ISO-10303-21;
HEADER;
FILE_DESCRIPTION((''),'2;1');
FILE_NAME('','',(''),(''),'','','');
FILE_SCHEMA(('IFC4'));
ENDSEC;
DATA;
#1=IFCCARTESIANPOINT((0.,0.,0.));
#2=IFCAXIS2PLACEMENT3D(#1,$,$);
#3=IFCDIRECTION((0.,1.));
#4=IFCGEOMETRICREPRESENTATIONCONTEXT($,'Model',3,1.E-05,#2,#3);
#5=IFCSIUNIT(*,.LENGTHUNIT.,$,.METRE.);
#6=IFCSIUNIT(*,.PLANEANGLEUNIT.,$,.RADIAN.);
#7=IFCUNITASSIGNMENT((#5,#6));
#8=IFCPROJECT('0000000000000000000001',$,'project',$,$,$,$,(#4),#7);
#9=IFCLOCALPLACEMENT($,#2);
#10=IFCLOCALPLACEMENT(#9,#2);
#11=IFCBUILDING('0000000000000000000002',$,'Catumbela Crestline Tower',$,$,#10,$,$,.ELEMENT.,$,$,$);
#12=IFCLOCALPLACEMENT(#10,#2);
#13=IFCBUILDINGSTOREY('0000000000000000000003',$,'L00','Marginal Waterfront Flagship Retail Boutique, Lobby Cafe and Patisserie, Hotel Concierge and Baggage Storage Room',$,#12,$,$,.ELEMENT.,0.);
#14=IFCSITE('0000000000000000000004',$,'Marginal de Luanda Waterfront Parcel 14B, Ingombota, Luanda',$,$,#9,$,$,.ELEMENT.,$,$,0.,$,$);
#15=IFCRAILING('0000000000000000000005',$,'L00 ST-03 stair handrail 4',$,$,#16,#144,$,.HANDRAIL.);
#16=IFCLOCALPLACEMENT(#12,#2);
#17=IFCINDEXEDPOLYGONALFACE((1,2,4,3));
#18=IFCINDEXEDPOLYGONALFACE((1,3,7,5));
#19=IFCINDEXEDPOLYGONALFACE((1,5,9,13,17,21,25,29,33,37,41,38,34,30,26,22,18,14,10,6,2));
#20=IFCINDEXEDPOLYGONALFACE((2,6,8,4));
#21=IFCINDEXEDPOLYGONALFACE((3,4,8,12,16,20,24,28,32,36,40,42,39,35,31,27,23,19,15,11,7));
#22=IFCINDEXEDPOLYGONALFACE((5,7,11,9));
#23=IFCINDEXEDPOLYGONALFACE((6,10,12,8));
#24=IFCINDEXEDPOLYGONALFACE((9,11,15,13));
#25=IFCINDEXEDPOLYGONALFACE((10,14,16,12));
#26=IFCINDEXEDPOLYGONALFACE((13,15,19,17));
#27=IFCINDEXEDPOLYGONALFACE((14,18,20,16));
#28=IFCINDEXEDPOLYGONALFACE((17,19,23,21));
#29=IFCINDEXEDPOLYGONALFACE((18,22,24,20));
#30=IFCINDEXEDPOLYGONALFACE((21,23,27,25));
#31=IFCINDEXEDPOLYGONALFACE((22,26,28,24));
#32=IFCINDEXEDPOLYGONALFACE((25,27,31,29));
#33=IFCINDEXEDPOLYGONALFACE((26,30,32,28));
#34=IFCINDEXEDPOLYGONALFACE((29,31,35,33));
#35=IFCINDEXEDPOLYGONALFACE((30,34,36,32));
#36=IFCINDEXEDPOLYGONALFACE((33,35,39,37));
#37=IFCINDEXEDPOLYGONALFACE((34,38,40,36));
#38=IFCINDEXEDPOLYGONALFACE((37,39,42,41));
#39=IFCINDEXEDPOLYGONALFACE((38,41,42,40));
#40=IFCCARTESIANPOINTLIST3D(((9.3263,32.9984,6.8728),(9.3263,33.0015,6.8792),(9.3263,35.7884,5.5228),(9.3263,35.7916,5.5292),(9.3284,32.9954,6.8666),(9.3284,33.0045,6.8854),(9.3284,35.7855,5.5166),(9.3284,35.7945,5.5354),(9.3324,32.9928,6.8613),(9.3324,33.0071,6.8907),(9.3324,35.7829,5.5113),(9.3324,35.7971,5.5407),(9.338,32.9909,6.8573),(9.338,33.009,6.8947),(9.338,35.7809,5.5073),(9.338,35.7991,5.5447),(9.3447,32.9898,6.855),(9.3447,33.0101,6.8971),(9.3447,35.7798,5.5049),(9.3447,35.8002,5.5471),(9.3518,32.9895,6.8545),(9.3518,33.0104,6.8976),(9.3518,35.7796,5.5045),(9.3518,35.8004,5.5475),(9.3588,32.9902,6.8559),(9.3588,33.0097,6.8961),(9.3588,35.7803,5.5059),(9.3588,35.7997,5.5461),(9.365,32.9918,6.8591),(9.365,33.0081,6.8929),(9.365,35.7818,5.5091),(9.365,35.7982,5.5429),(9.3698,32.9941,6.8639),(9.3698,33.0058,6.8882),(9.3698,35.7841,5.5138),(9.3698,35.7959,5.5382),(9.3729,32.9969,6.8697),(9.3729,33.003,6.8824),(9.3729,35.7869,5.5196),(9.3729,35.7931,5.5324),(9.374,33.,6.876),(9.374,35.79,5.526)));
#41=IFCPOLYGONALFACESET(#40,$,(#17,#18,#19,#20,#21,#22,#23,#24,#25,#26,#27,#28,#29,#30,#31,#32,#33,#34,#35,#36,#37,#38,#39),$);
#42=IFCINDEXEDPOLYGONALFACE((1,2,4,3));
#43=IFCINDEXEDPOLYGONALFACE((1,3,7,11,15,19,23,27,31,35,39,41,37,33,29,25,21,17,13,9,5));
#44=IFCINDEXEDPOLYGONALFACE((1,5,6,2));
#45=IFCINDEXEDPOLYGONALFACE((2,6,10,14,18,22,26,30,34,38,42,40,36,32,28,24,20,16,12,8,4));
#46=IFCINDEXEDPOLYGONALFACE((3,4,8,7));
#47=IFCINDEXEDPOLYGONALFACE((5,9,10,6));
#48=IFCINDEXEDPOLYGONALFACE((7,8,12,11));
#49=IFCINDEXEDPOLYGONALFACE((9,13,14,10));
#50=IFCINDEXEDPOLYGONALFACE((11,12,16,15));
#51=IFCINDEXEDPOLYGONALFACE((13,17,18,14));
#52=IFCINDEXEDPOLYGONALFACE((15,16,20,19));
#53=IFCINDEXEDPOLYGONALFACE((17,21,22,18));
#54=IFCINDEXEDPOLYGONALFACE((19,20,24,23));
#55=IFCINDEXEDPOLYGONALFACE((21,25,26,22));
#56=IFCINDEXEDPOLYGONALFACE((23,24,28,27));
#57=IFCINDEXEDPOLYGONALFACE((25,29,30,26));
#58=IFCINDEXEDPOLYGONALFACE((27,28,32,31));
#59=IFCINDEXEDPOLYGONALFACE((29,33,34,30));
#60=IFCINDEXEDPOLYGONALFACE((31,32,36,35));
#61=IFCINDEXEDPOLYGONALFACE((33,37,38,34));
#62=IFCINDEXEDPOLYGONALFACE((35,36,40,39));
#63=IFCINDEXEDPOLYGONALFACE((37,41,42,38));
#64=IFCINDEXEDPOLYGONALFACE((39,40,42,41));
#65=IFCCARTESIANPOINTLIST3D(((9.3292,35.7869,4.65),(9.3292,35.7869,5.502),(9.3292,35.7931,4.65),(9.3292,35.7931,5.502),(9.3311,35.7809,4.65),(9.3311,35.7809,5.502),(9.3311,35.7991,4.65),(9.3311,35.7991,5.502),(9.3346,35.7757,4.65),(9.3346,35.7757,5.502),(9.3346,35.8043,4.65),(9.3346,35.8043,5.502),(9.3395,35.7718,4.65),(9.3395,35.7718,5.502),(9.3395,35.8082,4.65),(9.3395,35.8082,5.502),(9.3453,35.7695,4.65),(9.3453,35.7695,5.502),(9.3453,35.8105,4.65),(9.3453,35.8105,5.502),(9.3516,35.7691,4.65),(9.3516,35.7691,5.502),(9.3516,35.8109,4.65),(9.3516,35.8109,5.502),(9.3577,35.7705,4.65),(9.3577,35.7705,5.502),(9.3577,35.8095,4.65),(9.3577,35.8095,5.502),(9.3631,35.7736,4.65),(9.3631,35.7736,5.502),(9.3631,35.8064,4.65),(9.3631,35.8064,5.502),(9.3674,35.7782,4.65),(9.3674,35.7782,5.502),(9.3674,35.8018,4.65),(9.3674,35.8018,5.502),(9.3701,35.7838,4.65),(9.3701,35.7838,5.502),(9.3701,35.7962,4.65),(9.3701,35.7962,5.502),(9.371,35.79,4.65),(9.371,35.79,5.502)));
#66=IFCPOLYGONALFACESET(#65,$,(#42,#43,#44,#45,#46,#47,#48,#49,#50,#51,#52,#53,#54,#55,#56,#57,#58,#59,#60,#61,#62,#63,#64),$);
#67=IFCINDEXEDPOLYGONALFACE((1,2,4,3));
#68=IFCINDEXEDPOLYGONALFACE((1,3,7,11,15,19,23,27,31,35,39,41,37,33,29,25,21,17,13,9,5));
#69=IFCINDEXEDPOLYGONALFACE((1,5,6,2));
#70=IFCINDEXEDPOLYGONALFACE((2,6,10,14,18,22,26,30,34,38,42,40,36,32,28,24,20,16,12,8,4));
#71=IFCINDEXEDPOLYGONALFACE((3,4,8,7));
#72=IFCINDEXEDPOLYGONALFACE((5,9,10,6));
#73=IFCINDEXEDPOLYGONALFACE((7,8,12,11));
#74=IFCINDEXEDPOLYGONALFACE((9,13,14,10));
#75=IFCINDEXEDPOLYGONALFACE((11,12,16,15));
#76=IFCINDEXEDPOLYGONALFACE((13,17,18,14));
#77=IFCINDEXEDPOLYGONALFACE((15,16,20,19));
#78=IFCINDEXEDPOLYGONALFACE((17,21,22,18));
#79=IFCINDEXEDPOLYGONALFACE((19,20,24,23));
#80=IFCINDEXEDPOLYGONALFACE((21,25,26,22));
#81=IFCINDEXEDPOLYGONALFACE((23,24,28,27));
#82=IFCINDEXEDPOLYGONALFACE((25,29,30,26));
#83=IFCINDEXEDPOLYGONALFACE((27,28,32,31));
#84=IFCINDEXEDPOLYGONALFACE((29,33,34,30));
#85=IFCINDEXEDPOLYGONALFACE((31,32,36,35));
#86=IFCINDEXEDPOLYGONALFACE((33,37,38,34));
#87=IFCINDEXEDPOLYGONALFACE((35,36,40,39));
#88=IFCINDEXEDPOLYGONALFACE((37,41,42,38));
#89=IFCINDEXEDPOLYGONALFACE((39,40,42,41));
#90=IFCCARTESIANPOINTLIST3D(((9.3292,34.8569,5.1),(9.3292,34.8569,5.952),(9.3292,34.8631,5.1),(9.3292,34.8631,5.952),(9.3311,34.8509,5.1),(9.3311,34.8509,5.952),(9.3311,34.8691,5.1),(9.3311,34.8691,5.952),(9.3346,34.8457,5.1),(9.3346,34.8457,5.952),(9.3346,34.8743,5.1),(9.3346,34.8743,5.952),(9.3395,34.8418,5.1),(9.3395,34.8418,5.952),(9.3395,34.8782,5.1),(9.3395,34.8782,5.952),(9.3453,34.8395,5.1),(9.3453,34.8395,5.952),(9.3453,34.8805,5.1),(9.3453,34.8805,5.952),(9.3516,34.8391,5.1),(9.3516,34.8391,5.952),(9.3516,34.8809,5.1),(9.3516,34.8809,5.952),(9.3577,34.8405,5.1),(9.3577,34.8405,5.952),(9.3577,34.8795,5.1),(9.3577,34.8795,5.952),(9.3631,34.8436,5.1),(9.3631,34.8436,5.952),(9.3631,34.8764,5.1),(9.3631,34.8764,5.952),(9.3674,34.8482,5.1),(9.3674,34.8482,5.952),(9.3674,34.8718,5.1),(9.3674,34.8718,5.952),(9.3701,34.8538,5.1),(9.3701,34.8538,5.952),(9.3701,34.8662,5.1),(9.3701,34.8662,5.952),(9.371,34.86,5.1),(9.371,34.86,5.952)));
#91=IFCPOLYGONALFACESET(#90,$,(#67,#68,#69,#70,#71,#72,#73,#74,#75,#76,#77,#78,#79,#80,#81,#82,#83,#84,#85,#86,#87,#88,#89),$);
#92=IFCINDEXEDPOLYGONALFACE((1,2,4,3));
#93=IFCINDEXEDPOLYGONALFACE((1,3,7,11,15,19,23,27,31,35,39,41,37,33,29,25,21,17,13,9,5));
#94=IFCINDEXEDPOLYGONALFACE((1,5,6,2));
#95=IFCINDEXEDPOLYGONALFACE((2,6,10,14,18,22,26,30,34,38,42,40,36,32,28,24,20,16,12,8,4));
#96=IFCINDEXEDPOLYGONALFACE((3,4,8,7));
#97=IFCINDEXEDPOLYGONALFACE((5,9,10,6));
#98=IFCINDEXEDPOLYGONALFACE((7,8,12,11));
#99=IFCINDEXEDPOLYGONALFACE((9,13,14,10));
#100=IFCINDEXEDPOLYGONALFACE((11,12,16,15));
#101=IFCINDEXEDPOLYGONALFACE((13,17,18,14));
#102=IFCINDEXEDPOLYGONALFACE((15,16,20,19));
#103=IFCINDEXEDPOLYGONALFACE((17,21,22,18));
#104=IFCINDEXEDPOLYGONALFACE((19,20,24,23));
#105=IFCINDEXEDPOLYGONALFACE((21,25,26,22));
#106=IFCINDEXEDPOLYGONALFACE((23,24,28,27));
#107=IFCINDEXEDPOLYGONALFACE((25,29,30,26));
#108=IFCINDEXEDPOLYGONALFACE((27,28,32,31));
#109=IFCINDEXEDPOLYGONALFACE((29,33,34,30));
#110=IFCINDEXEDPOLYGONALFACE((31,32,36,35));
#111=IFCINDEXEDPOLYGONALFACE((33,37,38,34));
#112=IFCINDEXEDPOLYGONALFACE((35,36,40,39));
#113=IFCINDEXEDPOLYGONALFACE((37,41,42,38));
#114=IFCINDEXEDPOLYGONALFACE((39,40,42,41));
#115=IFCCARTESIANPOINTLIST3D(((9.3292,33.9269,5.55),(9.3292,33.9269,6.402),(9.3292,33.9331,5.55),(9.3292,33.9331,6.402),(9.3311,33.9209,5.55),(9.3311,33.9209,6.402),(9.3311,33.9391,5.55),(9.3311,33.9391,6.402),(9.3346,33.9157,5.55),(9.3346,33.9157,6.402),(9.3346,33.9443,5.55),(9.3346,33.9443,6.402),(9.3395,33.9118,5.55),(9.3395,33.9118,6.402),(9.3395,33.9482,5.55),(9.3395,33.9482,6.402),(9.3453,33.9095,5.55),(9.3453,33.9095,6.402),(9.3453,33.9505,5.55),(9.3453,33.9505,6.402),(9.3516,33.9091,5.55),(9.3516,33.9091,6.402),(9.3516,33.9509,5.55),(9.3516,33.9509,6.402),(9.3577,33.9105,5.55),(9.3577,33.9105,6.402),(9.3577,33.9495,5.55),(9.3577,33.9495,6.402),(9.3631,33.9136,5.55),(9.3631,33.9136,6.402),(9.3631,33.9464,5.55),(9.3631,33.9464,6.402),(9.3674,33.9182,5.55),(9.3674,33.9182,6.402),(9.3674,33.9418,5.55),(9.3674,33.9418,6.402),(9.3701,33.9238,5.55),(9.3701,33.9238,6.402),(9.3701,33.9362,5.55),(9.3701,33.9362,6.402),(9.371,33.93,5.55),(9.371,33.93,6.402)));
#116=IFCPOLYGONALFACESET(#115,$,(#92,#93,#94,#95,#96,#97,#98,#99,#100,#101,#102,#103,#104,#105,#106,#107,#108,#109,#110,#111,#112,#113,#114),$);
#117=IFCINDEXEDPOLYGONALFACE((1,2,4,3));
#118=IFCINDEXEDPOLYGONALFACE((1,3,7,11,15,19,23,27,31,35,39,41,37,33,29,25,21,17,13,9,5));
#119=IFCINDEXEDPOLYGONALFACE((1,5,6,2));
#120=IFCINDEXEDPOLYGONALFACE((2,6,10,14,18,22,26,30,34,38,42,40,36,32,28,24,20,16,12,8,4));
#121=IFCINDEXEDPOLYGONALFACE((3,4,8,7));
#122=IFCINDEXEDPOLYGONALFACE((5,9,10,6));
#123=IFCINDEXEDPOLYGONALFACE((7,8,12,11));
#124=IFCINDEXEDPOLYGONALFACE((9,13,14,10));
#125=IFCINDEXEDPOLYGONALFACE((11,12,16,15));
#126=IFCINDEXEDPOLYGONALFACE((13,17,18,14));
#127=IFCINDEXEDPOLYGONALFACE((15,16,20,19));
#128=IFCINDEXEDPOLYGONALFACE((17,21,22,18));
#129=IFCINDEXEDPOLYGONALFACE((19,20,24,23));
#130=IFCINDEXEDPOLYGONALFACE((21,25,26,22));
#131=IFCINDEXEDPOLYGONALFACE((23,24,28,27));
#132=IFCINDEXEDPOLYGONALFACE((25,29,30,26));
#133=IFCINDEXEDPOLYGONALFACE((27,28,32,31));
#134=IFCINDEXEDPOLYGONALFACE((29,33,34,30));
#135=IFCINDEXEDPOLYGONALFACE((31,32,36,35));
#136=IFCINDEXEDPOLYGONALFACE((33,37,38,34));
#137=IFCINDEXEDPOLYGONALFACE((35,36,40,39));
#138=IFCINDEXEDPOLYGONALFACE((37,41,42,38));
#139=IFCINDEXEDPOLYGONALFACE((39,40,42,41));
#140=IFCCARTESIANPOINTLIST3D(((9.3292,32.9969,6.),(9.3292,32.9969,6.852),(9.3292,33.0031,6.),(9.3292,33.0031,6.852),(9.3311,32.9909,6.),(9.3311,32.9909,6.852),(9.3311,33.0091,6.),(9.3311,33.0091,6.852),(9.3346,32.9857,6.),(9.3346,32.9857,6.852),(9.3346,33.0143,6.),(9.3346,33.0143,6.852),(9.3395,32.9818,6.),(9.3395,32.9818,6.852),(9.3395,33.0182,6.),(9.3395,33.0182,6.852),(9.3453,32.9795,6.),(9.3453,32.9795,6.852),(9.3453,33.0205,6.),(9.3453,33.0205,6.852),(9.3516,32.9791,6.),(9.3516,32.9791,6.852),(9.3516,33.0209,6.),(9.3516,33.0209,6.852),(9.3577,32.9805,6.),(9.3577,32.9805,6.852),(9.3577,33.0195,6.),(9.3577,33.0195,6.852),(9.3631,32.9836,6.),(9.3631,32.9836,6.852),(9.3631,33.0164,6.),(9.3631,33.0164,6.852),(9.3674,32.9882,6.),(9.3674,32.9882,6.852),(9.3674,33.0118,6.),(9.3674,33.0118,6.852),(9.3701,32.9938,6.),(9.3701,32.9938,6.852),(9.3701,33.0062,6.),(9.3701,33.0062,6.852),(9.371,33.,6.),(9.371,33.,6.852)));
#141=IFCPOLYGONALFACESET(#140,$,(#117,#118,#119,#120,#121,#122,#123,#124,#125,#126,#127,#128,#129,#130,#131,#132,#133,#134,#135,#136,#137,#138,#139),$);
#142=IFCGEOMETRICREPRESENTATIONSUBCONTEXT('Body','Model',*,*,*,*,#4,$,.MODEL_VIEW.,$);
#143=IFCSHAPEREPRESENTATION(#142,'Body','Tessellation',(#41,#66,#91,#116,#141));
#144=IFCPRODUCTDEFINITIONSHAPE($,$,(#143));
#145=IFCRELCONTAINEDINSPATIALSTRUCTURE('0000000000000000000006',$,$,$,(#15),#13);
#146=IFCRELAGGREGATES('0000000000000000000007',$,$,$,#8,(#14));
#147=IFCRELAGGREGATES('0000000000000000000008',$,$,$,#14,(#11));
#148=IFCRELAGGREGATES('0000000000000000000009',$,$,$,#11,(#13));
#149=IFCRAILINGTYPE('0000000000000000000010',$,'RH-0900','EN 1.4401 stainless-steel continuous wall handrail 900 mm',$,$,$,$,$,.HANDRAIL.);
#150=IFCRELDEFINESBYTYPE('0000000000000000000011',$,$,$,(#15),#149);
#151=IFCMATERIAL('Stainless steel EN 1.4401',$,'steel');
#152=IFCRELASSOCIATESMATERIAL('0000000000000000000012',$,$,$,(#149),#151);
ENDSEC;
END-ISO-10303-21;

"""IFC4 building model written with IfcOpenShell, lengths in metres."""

from ifc_helpers import new_model, si_unit, direction, frame, origin, origin_2d, place, context, subcontext, project, spatial, circle, extrude, material, type_object, element, save


model = new_model("IFC4")

# Units and contexts
model_context = context("Model", 3, precision=1e-05, world=origin(), true_north=direction((0.0, 1.0)))
body_context = subcontext(model_context, "Body", "Model", "MODEL_VIEW")
ifc_project = project(units=[si_unit("LENGTHUNIT", "METRE"), si_unit("PLANEANGLEUNIT", "RADIAN")], contexts=[model_context])

# Site, building, storey
site_placement = place(None, origin())
site = spatial("IfcSite", under=ifc_project, at=site_placement, Name="Marginal de Luanda Waterfront Parcel 14B, Ingombota, Luanda", CompositionType="ELEMENT", RefElevation=0.0)
building_placement = place(site_placement, origin())
building = spatial("IfcBuilding", under=site, at=building_placement, Name="Catumbela Crestline Tower", CompositionType="ELEMENT")
storey_placement = place(building_placement, origin())
storey = spatial("IfcBuildingStorey", under=building, at=storey_placement, Name="L00", Description="Marginal Waterfront Flagship Retail Boutique, Lobby Cafe and Patisserie, Hotel Concierge and Baggage Storage Room", CompositionType="ELEMENT", Elevation=0.0)

# Shared definitions
ifc_material_1 = material(Name="Stainless steel EN 1.4401", Category="steel")

# Railing
railing_type_1 = type_object("IfcRailingType", Name="RH-0900", Description="EN 1.4401 stainless-steel continuous wall handrail 900 mm", PredefinedType="HANDRAIL", material=ifc_material_1)
for number, where, name in (
    (1, (9.35, 35.79, 4.65), "L00 ST-03 stair handrail 4"),
):
    element("IfcRailing", number, at=place(storey_placement, frame(where)), inside=storey, type_object=railing_type_1, Name=name, PredefinedType="HANDRAIL", context=body_context, shape_type="SweptSolid", body=[
        extrude(circle(Radius=0.024, at=origin_2d()), frame((0.0, 0.0, 0.876), z_axis=(0.0, -0.900159, 0.435561), x_axis=(1.0, 0.0, 0.0)), (0.0, 0.0, 1.0), 3.0995),
        extrude(circle(Radius=0.021, at=origin_2d()), origin(), (0.0, 0.0, 1.0), 0.852),
        extrude(circle(Radius=0.021, at=origin_2d()), frame((0.0, -0.93, 0.45)), (0.0, 0.0, 1.0), 0.852),
        extrude(circle(Radius=0.021, at=origin_2d()), frame((0.0, -1.86, 0.9)), (0.0, 0.0, 1.0), 0.852),
        extrude(circle(Radius=0.021, at=origin_2d()), frame((0.0, -2.79, 1.35)), (0.0, 0.0, 1.0), 0.852),
    ])

save(model, "model.ifc")
